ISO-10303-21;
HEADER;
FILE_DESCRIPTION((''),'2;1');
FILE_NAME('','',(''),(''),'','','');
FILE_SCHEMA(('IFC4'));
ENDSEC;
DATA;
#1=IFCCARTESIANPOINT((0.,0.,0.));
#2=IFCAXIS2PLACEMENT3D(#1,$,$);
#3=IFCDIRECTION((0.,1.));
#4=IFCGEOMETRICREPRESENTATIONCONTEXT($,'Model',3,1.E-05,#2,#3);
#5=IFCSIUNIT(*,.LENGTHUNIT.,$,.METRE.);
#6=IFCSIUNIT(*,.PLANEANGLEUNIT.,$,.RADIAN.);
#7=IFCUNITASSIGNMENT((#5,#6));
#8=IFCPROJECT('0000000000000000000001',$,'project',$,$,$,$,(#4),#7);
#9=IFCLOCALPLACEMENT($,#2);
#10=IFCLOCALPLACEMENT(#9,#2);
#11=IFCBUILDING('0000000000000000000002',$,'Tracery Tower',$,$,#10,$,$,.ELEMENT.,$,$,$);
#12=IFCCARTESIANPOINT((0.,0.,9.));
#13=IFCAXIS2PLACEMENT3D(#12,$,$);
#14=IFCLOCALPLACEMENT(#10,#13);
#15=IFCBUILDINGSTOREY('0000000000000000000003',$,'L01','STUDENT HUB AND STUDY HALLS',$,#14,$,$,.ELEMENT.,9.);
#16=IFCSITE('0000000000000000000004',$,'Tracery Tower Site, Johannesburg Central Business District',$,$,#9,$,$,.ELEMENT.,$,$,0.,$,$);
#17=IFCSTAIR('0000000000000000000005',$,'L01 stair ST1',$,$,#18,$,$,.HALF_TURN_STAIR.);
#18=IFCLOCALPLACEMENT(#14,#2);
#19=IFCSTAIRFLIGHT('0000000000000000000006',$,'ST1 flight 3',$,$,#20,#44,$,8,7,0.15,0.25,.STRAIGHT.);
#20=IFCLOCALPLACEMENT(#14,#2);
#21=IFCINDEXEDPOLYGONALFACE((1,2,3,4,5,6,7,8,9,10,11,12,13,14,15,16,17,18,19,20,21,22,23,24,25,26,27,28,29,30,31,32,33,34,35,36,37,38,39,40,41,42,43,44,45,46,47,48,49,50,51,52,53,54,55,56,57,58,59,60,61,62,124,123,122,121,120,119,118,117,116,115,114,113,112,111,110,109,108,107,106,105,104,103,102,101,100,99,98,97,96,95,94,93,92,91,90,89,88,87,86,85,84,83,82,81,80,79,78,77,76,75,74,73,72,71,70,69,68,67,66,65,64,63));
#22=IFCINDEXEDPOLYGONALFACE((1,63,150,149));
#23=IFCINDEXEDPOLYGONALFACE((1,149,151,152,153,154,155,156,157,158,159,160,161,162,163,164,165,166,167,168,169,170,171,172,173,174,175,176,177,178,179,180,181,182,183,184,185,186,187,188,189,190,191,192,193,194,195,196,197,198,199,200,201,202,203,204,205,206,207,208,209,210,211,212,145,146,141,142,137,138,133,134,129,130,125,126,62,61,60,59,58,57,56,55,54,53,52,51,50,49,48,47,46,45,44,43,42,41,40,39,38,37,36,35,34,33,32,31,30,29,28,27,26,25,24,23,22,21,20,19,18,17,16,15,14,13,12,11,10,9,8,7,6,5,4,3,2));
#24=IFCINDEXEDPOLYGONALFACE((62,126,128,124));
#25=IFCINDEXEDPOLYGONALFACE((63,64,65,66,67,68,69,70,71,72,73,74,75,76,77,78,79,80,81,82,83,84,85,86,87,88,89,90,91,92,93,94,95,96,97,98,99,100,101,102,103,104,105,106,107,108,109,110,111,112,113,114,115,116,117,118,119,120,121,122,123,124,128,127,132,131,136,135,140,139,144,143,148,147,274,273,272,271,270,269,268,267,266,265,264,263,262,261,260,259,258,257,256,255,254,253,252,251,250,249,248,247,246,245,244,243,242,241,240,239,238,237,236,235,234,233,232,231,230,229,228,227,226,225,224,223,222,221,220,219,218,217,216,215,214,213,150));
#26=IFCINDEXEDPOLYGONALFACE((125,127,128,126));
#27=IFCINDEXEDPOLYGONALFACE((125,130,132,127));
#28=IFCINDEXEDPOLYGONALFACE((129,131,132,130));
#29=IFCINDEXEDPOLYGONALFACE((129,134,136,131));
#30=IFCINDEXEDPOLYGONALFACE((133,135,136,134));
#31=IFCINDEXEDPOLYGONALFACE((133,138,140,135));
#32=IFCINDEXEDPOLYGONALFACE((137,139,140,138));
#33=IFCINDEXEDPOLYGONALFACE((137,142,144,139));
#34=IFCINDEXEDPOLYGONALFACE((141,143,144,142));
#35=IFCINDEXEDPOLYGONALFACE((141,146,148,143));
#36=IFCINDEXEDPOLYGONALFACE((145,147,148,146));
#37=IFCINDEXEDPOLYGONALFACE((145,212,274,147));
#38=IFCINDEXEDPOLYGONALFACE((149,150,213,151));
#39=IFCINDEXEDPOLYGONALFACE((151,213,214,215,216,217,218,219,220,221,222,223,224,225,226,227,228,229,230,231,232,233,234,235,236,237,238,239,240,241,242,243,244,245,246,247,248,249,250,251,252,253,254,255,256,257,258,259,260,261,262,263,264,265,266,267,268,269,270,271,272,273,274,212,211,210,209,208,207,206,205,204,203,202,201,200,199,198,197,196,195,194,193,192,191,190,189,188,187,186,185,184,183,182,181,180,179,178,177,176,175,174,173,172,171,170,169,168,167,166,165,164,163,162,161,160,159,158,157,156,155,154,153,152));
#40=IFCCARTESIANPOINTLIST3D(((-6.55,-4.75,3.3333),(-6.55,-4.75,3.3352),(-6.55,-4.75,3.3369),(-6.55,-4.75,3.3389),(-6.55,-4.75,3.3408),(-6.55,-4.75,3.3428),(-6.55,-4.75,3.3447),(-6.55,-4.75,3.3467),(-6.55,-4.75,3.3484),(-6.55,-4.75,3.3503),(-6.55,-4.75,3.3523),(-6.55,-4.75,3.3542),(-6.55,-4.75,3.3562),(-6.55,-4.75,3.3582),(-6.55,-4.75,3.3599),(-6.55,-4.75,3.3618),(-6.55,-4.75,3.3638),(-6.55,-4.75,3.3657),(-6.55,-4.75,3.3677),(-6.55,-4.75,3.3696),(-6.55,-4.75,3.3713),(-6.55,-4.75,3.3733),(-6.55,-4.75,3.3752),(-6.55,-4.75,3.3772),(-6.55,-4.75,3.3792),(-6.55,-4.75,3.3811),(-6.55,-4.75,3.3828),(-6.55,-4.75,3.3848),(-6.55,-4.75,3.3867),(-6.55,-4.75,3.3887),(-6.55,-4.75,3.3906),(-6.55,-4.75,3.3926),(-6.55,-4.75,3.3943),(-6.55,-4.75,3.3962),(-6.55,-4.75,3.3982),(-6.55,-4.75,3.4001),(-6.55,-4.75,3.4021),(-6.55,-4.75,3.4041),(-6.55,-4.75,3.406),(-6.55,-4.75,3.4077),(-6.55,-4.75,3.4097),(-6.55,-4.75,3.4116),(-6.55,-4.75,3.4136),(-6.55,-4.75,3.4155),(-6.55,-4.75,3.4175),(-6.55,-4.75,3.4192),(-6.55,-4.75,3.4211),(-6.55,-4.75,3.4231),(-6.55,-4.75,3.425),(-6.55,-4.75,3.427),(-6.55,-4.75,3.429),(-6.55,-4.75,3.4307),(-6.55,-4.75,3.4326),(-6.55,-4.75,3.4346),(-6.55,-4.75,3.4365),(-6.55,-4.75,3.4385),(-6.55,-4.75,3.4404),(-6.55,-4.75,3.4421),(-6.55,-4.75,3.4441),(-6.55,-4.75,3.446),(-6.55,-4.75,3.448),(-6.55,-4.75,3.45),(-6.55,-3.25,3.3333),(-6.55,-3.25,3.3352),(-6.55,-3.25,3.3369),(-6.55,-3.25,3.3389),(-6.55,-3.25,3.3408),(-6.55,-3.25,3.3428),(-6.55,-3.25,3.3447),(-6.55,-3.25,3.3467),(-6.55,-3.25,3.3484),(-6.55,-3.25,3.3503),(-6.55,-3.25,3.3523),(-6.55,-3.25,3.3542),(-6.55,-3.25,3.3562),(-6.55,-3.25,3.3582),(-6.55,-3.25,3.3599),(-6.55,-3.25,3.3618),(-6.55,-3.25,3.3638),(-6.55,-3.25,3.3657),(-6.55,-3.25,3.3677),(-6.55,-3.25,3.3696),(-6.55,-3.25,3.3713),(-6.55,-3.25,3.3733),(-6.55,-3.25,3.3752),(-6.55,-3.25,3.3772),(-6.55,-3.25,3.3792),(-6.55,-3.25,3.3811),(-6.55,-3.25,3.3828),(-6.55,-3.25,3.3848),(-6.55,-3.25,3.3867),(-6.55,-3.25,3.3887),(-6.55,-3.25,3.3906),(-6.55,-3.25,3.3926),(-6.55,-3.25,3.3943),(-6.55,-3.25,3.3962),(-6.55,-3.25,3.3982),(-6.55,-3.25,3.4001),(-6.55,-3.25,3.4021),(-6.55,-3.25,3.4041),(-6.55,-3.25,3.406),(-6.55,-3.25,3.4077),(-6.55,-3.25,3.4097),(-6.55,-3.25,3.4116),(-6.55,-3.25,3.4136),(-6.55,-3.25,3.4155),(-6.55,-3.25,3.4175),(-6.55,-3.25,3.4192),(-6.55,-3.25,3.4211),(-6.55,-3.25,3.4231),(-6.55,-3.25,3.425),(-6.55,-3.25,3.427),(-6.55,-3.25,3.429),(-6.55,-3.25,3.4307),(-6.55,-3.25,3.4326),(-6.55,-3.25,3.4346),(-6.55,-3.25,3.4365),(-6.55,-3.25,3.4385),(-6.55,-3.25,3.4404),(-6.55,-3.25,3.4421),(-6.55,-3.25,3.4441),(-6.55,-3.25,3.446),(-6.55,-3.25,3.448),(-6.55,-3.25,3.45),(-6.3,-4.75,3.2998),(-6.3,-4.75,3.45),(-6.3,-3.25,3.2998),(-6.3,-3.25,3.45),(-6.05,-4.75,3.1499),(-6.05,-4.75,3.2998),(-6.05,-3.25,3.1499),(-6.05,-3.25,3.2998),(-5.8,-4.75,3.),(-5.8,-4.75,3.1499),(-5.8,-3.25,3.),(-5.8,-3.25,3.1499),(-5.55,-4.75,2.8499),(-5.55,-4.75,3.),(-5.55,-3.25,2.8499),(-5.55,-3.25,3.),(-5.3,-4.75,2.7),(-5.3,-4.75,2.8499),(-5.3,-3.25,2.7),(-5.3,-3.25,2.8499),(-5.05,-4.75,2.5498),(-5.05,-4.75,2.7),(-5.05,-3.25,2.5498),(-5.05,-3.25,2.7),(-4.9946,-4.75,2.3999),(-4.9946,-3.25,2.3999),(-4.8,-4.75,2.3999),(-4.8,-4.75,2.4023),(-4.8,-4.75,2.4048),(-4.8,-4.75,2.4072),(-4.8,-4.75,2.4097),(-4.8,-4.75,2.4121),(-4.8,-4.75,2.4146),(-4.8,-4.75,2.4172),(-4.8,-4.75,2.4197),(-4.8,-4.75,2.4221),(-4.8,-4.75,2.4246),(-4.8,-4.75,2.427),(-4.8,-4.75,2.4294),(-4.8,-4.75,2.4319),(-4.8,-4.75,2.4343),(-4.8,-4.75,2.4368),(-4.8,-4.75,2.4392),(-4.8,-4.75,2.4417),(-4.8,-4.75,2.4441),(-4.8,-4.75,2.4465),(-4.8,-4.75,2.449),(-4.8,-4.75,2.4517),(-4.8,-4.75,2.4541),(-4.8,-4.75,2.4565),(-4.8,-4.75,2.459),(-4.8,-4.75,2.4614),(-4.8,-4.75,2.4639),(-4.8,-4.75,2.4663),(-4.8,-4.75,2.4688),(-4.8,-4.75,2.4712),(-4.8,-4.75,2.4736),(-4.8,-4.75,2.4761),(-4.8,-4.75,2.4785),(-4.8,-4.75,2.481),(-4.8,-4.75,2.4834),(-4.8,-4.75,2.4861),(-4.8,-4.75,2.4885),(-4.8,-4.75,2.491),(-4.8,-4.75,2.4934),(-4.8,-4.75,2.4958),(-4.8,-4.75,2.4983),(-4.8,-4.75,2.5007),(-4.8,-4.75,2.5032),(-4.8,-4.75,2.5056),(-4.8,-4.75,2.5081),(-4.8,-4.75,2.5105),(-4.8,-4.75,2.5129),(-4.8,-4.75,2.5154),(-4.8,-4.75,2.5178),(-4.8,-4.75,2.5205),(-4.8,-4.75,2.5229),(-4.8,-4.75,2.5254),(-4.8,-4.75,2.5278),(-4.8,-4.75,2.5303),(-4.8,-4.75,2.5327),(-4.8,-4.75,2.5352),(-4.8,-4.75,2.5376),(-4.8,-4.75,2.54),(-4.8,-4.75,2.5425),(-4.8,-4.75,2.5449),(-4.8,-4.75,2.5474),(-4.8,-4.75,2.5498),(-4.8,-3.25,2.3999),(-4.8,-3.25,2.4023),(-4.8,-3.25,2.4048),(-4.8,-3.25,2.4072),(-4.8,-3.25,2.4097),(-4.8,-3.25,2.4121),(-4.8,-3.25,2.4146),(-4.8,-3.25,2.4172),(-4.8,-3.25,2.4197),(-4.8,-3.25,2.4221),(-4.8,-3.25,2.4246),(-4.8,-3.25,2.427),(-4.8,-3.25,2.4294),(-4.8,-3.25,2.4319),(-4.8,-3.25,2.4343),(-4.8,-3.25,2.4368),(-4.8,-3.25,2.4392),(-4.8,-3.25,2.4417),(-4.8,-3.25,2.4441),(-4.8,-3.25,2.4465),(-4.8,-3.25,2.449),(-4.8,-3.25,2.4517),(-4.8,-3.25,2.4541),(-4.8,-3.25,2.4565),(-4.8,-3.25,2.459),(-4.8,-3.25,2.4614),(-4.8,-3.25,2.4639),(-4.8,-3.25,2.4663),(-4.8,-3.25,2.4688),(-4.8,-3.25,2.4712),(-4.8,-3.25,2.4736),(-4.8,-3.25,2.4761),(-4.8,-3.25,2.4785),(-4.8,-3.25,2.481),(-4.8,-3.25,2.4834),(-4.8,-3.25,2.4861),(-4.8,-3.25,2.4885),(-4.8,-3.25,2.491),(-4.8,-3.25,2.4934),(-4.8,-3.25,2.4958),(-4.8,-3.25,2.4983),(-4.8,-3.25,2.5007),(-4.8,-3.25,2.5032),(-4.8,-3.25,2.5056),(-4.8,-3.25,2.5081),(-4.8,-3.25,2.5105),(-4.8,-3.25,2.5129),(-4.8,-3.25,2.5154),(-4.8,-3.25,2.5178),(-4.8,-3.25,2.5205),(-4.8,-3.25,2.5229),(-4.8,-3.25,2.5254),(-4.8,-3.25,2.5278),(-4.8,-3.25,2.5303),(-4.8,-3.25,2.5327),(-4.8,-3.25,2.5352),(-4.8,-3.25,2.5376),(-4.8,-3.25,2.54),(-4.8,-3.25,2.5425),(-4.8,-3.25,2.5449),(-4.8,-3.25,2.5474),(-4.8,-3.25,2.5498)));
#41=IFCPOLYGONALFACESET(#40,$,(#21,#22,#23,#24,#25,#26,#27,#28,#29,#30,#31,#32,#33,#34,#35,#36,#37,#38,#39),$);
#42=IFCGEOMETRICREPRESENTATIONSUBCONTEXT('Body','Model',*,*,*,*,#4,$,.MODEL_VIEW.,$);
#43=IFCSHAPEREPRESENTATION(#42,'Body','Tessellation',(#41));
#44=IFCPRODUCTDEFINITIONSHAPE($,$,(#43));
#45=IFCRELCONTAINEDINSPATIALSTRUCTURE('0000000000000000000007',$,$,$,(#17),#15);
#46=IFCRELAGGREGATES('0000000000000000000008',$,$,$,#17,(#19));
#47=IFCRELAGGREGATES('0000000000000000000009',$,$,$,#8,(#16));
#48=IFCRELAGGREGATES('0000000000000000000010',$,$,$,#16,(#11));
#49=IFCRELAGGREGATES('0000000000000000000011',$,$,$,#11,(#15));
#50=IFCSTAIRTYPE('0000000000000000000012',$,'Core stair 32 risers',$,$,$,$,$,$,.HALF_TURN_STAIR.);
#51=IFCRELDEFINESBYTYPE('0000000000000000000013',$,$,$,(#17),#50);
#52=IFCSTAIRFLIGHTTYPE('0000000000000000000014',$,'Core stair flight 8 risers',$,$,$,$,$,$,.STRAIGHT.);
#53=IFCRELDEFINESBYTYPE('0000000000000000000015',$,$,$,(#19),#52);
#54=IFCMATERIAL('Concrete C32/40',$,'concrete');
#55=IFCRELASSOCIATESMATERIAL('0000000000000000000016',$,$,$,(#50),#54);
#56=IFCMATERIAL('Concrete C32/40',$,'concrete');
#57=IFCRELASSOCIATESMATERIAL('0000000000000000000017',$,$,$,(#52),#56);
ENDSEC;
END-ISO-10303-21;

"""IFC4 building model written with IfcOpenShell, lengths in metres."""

from ifc_helpers import new_model, si_unit, direction, frame, origin, place, context, subcontext, project, spatial, polyline, outline, extrude, material, type_object, element, aggregate, save


model = new_model("IFC4")

# Units and contexts
model_context = context("Model", 3, precision=1e-05, world=origin(), true_north=direction((0.0, 1.0)))
body_context = subcontext(model_context, "Body", "Model", "MODEL_VIEW")
ifc_project = project(units=[si_unit("LENGTHUNIT", "METRE"), si_unit("PLANEANGLEUNIT", "RADIAN")], contexts=[model_context])

# Site, building, storey
site_placement = place(None, origin())
site = spatial("IfcSite", under=ifc_project, at=site_placement, Name="Tracery Tower Site, Johannesburg Central Business District", CompositionType="ELEMENT", RefElevation=0.0)
building_placement = place(site_placement, origin())
building = spatial("IfcBuilding", under=site, at=building_placement, Name="Tracery Tower", CompositionType="ELEMENT")
storey_placement = place(building_placement, frame((0.0, 0.0, 9.0)))
storey = spatial("IfcBuildingStorey", under=building, at=storey_placement, Name="L01", Description="STUDENT HUB AND STUDY HALLS", CompositionType="ELEMENT", Elevation=9.0)

# Stair, stair flight
ifc_material_1 = material(Name="Concrete C32/40", Category="concrete")
stair_type = type_object("IfcStairType", Name="Core stair 32 risers", PredefinedType="HALF_TURN_STAIR", material=ifc_material_1)
stair_placement = place(storey_placement, origin())
stair = element("IfcStair", 1, at=stair_placement, inside=storey, type_object=stair_type, Name="L01 stair ST1", PredefinedType="HALF_TURN_STAIR")
ifc_material_2 = material(Name="Concrete C32/40", Category="concrete")
stair_flight_type = type_object("IfcStairFlightType", Name="Core stair flight 8 risers", PredefinedType="STRAIGHT", material=ifc_material_2)
stair_flight_1_placement = place(storey_placement, frame((-4.8, -4.0, 2.3999), z_axis=(0.0, 0.0, 1.0), x_axis=(-1.0, 0.0, 0.0)))
stair_flight_1 = element("IfcStairFlight", 2, at=stair_flight_1_placement, type_object=stair_flight_type, Name="ST1 flight 3", NumberOfRisers=8, NumberOfTreads=7, PredefinedType="STRAIGHT", RiserHeight=0.15, TreadLength=0.25, context=body_context, shape_type="SweptSolid", body=[
    extrude(outline(polyline([(0.0, 0.0), (0.0, 0.0024), (0.0, 0.0049), (0.0, 0.0073), (0.0, 0.0098), (0.0, 0.0122), (0.0, 0.0146), (0.0, 0.0173), (0.0, 0.0198), (0.0, 0.0222), (0.0, 0.0247), (0.0, 0.0271), (0.0, 0.0295), (0.0, 0.032), (0.0, 0.0344), (0.0, 0.0369), (0.0, 0.0393), (0.0, 0.0417), (0.0, 0.0442), (0.0, 0.0466), (0.0, 0.0491), (0.0, 0.0518), (0.0, 0.0542), (0.0, 0.0566), (0.0, 0.0591), (0.0, 0.0615), (0.0, 0.064), (0.0, 0.0664), (0.0, 0.0688), (0.0, 0.0713), (0.0, 0.0737), (0.0, 0.0762), (0.0, 0.0786), (0.0, 0.0811), (0.0, 0.0835), (0.0, 0.0862), (0.0, 0.0886), (0.0, 0.0911), (0.0, 0.0935), (0.0, 0.0959), (0.0, 0.0984), (0.0, 0.1008), (0.0, 0.1033), (0.0, 0.1057), (0.0, 0.1082), (0.0, 0.1106), (0.0, 0.113), (0.0, 0.1155), (0.0, 0.1179), (0.0, 0.1206), (0.0, 0.123), (0.0, 0.1255), (0.0, 0.1279), (0.0, 0.1304), (0.0, 0.1328), (0.0, 0.1353), (0.0, 0.1377), (0.0, 0.1401), (0.0, 0.1426), (0.0, 0.145), (0.0, 0.1475), (0.0, 0.1499), (0.25, 0.1499), (0.25, 0.3), (0.5, 0.3), (0.5, 0.45), (0.75, 0.45), (0.75, 0.6001), (1.0, 0.6001), (1.0, 0.75), (1.25, 0.75), (1.25, 0.8999), (1.5, 0.8999), (1.5, 1.05), (1.75, 1.05), (1.75, 1.0481), (1.75, 1.0461), (1.75, 1.0442), (1.75, 1.0422), (1.75, 1.0405), (1.75, 1.0386), (1.75, 1.0366), (1.75, 1.0347), (1.75, 1.0327), (1.75, 1.0308), (1.75, 1.0291), (1.75, 1.0271), (1.75, 1.0251), (1.75, 1.0232), (1.75, 1.0212), (1.75, 1.0193), (1.75, 1.0176), (1.75, 1.0156), (1.75, 1.0137), (1.75, 1.0117), (1.75, 1.0098), (1.75, 1.0078), (1.75, 1.0061), (1.75, 1.0042), (1.75, 1.0022), (1.75, 1.0002), (1.75, 0.9983), (1.75, 0.9963), (1.75, 0.9944), (1.75, 0.9927), (1.75, 0.9907), (1.75, 0.9888), (1.75, 0.9868), (1.75, 0.9849), (1.75, 0.9829), (1.75, 0.9812), (1.75, 0.9792), (1.75, 0.9773), (1.75, 0.9753), (1.75, 0.9734), (1.75, 0.9714), (1.75, 0.9697), (1.75, 0.9678), (1.75, 0.9658), (1.75, 0.9639), (1.75, 0.9619), (1.75, 0.96), (1.75, 0.9583), (1.75, 0.9563), (1.75, 0.9543), (1.75, 0.9524), (1.75, 0.9504), (1.75, 0.9485), (1.75, 0.9468), (1.75, 0.9448), (1.75, 0.9429), (1.75, 0.9409), (1.75, 0.939), (1.75, 0.937), (1.75, 0.9353), (1.75, 0.9333), (0.1946, 0.0), (0.0, 0.0)])), frame((0.0, 0.75, 0.0), z_axis=(0.0, -1.0, 0.0), x_axis=(1.0, 0.0, 0.0)), (0.0, 0.0, 1.0), 1.5),
])
aggregate(stair, [stair_flight_1])

save(model, "model.ifc")
